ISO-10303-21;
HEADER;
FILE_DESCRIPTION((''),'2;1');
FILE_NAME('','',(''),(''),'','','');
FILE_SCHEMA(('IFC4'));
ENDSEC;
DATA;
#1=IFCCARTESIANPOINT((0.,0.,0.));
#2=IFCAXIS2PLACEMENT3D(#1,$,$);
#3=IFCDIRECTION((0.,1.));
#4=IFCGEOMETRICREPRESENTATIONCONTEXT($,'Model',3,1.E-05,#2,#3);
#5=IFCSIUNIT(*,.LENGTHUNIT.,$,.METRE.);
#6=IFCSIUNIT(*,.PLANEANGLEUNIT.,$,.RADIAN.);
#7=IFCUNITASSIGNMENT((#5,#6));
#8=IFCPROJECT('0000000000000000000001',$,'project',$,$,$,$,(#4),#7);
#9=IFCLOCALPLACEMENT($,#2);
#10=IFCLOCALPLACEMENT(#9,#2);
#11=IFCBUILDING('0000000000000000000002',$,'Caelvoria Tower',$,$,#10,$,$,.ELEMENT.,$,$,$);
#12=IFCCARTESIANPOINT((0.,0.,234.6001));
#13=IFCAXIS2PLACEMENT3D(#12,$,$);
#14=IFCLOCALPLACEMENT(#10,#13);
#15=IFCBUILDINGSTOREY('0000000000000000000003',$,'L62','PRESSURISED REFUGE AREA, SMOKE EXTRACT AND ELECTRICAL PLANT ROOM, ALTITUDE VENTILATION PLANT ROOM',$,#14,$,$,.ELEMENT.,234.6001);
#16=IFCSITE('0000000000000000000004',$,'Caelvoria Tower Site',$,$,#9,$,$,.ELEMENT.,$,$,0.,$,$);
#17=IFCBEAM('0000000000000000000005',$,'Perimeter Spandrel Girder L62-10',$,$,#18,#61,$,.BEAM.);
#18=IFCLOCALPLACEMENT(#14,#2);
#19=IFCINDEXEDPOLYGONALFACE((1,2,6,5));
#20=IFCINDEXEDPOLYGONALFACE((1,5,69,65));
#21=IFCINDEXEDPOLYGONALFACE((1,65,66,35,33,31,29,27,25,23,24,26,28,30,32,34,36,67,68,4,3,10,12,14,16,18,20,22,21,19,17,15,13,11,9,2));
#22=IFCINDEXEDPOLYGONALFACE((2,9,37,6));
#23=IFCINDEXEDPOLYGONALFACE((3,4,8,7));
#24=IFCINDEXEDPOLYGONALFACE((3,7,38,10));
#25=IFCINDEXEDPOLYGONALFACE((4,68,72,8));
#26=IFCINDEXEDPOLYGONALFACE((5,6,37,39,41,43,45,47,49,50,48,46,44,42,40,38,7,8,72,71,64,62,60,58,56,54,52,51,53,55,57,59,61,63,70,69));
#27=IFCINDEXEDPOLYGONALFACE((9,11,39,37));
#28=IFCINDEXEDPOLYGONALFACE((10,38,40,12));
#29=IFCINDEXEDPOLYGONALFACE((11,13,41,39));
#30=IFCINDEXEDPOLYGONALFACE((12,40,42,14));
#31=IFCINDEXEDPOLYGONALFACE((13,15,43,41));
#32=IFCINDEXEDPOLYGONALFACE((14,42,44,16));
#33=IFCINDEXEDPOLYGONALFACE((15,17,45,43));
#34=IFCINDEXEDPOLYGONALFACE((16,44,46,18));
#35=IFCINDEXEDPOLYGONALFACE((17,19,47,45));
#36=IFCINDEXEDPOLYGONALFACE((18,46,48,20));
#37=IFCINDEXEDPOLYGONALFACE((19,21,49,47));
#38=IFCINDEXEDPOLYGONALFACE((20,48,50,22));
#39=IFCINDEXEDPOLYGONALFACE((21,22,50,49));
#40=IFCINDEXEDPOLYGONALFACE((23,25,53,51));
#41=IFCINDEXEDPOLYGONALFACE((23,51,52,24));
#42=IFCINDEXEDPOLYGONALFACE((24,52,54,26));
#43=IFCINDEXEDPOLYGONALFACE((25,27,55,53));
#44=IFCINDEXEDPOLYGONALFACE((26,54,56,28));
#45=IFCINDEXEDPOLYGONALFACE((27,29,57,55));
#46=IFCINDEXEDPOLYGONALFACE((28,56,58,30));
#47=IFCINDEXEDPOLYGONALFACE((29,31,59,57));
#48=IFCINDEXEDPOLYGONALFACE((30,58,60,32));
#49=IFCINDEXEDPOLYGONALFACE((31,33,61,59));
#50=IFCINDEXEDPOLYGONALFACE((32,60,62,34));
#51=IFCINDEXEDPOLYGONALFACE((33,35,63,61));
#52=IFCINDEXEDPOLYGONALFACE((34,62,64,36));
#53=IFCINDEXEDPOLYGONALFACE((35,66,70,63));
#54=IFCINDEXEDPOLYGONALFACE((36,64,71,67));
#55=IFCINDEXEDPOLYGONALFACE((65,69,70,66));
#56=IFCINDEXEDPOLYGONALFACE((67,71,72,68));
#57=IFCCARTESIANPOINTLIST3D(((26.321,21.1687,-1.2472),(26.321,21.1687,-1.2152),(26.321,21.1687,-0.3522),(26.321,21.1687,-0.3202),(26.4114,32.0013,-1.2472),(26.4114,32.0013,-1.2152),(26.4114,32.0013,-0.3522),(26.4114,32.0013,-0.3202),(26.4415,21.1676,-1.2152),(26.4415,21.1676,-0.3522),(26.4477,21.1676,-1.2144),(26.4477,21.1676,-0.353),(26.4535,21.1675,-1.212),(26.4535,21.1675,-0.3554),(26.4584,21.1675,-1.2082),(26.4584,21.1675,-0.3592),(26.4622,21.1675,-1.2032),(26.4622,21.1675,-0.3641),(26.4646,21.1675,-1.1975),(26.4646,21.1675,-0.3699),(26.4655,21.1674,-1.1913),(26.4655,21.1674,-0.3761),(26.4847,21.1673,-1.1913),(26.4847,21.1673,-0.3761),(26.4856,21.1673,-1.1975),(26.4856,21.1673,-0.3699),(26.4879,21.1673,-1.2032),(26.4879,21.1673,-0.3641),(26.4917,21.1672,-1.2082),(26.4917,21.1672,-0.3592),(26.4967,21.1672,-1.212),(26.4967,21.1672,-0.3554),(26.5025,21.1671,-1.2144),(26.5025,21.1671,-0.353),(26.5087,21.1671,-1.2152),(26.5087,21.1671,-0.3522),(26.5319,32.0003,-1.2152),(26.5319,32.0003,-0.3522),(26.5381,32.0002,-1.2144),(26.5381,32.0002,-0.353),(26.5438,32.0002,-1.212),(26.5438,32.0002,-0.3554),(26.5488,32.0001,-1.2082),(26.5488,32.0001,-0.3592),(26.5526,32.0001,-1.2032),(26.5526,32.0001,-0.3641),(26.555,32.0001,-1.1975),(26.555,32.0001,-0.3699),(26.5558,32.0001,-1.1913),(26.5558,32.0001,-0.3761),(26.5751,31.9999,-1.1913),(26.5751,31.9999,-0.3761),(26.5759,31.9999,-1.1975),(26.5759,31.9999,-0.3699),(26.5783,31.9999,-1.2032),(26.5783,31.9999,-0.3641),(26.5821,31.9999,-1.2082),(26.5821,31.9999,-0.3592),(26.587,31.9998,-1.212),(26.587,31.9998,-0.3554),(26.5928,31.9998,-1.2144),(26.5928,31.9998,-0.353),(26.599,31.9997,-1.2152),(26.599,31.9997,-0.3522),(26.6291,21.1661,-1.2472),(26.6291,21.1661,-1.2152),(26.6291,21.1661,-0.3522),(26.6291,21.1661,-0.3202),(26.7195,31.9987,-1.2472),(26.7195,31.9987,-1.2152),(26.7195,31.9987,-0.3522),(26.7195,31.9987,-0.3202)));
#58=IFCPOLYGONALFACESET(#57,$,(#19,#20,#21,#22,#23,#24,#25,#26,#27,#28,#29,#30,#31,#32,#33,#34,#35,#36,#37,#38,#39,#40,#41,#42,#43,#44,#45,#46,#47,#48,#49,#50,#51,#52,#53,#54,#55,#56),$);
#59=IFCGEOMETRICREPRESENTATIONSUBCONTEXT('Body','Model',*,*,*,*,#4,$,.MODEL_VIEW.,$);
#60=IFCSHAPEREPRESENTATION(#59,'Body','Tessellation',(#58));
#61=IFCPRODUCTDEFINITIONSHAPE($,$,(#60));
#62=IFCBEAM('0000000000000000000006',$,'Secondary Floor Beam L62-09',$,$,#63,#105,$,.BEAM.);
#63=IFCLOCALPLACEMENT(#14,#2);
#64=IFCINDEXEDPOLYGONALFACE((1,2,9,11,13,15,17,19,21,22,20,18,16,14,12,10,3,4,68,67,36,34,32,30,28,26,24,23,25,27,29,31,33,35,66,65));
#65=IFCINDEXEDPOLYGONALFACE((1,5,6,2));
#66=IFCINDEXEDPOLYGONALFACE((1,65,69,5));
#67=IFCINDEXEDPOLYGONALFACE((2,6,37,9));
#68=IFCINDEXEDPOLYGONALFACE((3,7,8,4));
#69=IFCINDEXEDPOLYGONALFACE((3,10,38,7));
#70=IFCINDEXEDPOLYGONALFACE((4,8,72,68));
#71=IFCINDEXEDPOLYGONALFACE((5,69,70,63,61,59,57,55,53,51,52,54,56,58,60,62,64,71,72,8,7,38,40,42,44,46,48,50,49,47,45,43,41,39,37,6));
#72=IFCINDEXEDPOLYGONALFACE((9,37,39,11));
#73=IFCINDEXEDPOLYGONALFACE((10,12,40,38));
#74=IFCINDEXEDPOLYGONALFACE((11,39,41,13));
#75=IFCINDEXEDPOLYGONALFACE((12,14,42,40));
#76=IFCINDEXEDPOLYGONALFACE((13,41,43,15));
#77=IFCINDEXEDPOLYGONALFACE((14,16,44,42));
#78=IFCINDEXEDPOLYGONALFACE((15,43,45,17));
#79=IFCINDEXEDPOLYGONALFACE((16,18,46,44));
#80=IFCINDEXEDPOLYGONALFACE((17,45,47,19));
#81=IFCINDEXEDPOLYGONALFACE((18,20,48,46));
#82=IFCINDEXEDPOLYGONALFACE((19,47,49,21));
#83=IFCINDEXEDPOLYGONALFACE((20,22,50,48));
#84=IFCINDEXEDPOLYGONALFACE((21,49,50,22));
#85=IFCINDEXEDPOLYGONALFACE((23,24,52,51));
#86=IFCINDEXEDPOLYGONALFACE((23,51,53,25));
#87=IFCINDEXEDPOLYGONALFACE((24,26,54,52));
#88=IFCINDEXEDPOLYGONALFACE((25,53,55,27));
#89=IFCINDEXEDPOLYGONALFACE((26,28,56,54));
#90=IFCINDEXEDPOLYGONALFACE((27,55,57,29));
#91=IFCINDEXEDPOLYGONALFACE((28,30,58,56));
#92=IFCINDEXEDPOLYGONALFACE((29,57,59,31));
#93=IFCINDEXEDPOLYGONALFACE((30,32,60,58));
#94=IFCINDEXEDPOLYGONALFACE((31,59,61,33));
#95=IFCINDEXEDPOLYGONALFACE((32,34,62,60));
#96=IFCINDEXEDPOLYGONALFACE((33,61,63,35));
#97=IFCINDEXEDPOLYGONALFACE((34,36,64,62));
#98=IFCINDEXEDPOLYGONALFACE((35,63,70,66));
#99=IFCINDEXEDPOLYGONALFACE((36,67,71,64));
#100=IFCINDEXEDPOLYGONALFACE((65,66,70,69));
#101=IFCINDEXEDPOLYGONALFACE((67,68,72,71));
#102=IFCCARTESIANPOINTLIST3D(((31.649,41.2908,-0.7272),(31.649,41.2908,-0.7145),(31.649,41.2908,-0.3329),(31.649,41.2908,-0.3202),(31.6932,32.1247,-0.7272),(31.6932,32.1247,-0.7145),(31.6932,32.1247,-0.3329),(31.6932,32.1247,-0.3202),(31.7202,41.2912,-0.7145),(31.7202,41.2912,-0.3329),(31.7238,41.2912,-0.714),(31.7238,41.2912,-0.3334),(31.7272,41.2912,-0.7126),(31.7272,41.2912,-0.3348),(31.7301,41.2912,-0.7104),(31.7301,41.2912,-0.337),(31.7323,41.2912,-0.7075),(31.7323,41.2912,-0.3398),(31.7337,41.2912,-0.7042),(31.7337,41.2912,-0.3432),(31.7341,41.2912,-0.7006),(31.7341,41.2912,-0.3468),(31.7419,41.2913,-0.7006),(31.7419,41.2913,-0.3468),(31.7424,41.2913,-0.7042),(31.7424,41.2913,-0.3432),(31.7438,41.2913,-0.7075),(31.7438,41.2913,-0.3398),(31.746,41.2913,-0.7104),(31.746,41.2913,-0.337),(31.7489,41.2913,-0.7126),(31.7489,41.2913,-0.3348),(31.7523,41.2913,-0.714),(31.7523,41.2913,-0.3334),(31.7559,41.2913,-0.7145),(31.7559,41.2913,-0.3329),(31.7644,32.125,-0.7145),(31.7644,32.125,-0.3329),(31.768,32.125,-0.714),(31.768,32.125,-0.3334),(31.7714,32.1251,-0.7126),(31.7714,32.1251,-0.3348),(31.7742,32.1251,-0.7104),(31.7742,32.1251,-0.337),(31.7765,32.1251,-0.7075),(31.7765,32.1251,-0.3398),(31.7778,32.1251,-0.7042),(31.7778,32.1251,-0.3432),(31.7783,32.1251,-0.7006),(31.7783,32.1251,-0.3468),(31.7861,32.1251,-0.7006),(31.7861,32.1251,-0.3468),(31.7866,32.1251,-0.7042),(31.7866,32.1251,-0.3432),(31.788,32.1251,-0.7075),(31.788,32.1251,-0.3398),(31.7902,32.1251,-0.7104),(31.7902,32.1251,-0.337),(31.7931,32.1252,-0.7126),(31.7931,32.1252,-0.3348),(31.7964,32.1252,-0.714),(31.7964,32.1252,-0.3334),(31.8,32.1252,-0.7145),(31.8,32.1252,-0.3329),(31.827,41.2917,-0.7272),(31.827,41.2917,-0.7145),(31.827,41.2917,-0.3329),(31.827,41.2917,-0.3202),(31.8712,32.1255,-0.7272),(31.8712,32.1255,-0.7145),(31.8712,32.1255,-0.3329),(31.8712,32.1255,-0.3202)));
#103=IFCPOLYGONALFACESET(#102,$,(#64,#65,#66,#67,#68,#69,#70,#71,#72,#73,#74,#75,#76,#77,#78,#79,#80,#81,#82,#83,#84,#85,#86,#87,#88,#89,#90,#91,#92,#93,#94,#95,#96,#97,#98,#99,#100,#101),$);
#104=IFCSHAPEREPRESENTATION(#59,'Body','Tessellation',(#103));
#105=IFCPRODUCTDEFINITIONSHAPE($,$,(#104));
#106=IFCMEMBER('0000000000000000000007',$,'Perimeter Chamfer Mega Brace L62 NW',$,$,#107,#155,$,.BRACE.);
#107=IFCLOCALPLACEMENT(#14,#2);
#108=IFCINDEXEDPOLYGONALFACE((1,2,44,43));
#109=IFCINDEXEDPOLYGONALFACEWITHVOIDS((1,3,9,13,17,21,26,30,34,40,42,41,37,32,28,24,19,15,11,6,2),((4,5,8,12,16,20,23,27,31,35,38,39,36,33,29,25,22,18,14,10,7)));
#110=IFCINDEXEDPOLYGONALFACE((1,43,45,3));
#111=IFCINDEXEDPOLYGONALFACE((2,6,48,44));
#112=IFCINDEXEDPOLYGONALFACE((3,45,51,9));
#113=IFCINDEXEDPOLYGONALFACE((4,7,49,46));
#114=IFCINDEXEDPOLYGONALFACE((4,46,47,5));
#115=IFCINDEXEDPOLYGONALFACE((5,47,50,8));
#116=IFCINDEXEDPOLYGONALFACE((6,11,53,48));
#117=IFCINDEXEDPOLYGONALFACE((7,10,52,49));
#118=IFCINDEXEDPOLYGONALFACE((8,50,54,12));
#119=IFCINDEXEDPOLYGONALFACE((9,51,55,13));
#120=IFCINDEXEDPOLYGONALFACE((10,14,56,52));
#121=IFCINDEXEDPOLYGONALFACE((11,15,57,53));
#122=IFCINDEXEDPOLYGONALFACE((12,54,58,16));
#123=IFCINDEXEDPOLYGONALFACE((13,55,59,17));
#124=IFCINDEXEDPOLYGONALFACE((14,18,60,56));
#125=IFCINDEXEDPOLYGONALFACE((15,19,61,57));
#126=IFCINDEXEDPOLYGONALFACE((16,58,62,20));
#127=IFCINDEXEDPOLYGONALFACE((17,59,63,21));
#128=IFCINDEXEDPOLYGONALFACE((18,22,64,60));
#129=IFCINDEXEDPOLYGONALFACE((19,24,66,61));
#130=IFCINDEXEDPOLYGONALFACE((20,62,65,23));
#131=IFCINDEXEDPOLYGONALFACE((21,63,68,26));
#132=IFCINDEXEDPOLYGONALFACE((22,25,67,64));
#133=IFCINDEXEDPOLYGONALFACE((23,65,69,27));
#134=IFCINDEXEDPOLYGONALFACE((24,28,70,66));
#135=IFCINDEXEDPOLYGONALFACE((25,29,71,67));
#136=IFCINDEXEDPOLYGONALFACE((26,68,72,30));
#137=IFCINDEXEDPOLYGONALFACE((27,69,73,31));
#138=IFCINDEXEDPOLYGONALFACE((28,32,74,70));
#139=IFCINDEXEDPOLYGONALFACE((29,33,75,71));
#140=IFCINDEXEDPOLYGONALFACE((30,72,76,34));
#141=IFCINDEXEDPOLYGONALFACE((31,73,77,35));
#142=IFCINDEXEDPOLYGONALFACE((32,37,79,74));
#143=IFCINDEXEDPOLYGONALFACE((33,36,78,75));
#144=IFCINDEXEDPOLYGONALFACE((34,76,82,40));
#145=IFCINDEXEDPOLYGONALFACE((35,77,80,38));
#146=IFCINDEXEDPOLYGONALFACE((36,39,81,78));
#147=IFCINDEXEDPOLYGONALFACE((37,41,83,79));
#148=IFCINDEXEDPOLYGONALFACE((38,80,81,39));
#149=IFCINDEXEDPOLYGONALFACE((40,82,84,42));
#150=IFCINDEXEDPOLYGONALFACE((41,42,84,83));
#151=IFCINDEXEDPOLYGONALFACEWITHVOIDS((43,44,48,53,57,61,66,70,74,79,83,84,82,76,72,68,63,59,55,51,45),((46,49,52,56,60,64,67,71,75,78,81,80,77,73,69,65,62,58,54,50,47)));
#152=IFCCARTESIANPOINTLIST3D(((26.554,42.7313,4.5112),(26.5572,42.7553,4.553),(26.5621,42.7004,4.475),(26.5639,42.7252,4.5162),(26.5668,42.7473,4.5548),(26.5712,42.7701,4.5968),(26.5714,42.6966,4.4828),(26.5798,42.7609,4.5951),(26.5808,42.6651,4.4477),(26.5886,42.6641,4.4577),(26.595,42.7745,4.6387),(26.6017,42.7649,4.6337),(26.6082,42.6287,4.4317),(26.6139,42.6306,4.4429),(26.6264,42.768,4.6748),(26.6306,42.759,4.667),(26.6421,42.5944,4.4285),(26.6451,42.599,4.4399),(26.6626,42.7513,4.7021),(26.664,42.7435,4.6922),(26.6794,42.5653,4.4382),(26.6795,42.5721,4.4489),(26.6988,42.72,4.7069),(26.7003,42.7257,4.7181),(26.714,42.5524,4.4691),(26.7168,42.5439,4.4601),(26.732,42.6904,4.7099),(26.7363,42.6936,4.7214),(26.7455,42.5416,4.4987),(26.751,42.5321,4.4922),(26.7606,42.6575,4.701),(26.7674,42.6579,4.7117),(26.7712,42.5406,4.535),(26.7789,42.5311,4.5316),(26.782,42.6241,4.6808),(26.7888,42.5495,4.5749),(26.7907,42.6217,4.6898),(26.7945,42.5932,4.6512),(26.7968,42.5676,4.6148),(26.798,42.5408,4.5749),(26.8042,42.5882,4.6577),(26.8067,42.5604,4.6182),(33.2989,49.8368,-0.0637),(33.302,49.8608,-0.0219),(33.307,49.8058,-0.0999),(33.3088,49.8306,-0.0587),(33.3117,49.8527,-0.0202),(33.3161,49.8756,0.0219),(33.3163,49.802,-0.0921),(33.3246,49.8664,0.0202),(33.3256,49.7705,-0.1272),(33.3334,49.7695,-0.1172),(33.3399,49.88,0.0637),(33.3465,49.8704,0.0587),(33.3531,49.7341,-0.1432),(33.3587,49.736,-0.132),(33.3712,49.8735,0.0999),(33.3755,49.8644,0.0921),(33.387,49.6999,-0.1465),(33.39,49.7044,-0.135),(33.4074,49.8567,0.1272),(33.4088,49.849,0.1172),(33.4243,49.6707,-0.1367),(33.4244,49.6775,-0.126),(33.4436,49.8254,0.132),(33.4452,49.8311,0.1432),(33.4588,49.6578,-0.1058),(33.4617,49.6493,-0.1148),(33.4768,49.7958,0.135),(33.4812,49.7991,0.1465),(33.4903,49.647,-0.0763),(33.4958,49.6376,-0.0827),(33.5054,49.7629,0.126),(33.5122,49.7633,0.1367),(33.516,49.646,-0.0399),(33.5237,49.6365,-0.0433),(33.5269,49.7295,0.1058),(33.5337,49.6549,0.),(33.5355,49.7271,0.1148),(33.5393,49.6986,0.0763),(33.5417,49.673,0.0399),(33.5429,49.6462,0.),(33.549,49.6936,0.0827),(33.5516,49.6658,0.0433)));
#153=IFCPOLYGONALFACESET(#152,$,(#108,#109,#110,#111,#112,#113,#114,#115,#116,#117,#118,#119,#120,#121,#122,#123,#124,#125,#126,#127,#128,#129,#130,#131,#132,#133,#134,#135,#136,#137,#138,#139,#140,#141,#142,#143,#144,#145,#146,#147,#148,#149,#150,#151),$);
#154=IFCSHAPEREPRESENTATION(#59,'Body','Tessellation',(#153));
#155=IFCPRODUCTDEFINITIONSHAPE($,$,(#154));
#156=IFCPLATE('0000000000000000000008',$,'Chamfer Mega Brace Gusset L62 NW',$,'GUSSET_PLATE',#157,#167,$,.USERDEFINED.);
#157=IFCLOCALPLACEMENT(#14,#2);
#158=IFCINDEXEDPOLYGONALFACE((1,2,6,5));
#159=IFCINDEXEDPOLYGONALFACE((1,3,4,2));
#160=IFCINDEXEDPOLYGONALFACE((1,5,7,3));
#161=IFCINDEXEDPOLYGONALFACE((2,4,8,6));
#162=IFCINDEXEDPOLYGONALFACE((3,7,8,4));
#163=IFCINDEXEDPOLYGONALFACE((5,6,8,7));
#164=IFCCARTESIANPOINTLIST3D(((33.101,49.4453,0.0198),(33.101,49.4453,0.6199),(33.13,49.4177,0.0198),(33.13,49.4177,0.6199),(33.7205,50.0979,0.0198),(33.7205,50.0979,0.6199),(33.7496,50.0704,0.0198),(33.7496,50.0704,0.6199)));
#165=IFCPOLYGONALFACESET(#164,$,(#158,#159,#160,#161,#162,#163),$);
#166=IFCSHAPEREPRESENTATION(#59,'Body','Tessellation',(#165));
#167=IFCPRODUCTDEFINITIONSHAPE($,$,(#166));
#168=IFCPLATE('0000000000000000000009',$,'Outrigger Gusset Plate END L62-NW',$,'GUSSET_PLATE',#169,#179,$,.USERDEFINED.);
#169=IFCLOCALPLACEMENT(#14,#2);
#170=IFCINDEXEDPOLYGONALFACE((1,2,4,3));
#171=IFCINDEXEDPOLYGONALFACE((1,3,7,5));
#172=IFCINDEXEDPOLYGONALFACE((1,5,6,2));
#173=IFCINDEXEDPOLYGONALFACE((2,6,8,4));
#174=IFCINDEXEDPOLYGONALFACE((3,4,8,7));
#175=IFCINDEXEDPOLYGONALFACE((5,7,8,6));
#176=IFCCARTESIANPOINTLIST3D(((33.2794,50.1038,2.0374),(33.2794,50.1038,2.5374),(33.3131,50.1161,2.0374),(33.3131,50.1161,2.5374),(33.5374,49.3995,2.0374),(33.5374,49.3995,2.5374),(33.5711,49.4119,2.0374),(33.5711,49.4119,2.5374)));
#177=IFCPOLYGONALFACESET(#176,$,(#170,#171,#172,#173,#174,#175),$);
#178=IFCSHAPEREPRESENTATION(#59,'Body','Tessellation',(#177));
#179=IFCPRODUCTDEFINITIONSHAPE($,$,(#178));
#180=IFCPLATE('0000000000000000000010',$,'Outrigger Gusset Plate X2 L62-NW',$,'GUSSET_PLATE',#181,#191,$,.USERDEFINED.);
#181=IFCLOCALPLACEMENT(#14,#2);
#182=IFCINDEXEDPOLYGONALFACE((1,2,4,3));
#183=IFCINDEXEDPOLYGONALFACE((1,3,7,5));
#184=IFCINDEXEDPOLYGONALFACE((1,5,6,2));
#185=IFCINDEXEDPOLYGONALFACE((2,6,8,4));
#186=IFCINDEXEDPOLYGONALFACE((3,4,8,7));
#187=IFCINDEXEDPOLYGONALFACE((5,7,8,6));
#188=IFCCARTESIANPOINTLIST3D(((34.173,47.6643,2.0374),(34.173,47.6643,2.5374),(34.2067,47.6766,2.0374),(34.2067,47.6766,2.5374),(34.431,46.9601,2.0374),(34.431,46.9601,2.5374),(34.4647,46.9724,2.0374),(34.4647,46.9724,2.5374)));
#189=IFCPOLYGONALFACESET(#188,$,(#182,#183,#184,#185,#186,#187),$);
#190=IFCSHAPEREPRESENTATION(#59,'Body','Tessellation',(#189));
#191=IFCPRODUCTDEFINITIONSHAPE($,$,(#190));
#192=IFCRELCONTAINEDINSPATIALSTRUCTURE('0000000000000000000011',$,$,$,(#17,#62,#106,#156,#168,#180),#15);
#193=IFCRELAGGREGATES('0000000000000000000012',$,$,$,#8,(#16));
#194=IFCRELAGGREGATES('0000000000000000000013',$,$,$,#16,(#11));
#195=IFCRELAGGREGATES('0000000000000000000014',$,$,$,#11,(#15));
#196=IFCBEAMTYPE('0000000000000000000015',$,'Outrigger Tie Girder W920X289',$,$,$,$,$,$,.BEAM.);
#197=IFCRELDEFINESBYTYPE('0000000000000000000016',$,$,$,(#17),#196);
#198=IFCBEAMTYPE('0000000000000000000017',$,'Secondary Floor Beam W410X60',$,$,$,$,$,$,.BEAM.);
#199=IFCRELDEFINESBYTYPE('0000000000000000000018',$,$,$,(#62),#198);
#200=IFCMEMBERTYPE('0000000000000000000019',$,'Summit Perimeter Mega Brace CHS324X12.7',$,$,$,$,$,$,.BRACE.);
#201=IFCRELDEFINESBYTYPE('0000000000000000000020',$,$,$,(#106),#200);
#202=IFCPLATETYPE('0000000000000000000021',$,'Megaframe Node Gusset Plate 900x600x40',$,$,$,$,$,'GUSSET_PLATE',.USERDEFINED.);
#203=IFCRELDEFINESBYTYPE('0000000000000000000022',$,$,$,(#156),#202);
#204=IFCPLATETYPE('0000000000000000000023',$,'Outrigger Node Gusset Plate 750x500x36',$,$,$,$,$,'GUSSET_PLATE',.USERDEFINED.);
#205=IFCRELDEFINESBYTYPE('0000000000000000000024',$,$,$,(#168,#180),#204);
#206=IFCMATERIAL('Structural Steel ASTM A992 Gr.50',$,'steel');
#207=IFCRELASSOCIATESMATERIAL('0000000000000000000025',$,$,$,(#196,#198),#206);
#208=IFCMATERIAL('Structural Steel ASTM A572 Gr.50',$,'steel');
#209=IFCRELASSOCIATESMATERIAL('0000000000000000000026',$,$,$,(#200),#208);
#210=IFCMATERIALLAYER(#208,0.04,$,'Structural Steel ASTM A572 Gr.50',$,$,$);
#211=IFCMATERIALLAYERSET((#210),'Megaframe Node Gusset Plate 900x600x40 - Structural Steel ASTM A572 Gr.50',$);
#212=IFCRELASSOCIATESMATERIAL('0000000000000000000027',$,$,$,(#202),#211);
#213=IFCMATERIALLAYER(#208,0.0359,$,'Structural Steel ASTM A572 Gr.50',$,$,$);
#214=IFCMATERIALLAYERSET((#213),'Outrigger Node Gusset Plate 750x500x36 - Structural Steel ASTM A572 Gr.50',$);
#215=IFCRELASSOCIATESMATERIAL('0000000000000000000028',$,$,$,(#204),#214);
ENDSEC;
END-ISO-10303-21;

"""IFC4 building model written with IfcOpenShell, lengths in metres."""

from ifc_helpers import new_model, si_unit, direction, frame, origin, origin_2d, place, context, subcontext, project, spatial, rectangle, hollow_circle, i_section, extrude, material, layer, layer_set, material_profile, profile_set, type_object, element, save


model = new_model("IFC4")

# Units and contexts
model_context = context("Model", 3, precision=1e-05, world=origin(), true_north=direction((0.0, 1.0)))
body_context = subcontext(model_context, "Body", "Model", "MODEL_VIEW")
ifc_project = project(units=[si_unit("LENGTHUNIT", "METRE"), si_unit("PLANEANGLEUNIT", "RADIAN")], contexts=[model_context])

# Site, building, storey
site_placement = place(None, origin())
site = spatial("IfcSite", under=ifc_project, at=site_placement, Name="Caelvoria Tower Site", CompositionType="ELEMENT", RefElevation=0.0)
building_placement = place(site_placement, origin())
building = spatial("IfcBuilding", under=site, at=building_placement, Name="Caelvoria Tower", CompositionType="ELEMENT")
storey_placement = place(building_placement, frame((0.0, 0.0, 234.6001)))
storey = spatial("IfcBuildingStorey", under=building, at=storey_placement, Name="L62", Description="PRESSURISED REFUGE AREA, SMOKE EXTRACT AND ELECTRICAL PLANT ROOM, ALTITUDE VENTILATION PLANT ROOM", CompositionType="ELEMENT", Elevation=234.6001)

# Shared definitions
ifc_material_1 = material(Name="Structural Steel ASTM A572 Gr.50", Category="steel")

# Beams
ifc_material_2 = material(Name="Structural Steel ASTM A992 Gr.50", Category="steel")
ifc_material_profile_1 = material_profile(ifc_material_2, i_section(OverallWidth=0.3081, OverallDepth=0.927, WebThickness=0.0193, FlangeThickness=0.032, FilletRadius=0.0239, at=origin_2d()), Name="Structural Steel ASTM A992 Gr.50")
ifc_profile_set_1 = profile_set([ifc_material_profile_1], Name="W920X289 - Structural Steel ASTM A992 Gr.50")
beam_type_1 = type_object("IfcBeamType", Name="Outrigger Tie Girder W920X289", PredefinedType="BEAM", material=ifc_profile_set_1)
for number, where, z_axis, x_axis, name in (
    (1, (26.5654, 32.0, -0.7837), (-0.008339, -0.999965, 0.0), (0.999965, -0.008339, 0.0), "Perimeter Spandrel Girder L62-10"),
):
    element("IfcBeam", number, at=place(storey_placement, frame(where, z_axis=z_axis, x_axis=x_axis)), inside=storey, type_object=beam_type_1, Name=name, PredefinedType="BEAM", context=body_context, shape_type="SweptSolid", body=[
        extrude(i_section(OverallWidth=0.3081, OverallDepth=0.927, WebThickness=0.0193, FlangeThickness=0.032, FilletRadius=0.0239, at=origin_2d()), origin(), (0.0, 0.0, 1.0), 10.833),
    ])
ifc_material_profile_2 = material_profile(ifc_material_2, i_section(OverallWidth=0.178, OverallDepth=0.407, WebThickness=0.0078, FlangeThickness=0.0127, FilletRadius=0.0139, at=origin_2d()), Name="Structural Steel ASTM A992 Gr.50")
ifc_profile_set_2 = profile_set([ifc_material_profile_2], Name="W410X60 - Structural Steel ASTM A992 Gr.50")
beam_type_2 = type_object("IfcBeamType", Name="Secondary Floor Beam W410X60", PredefinedType="BEAM", material=ifc_profile_set_2)
beam_1_placement = place(storey_placement, frame((31.738, 41.2913, -0.5237), z_axis=(0.004821, -0.999988, 0.0), x_axis=(0.999988, 0.004821, 0.0)))
element("IfcBeam", 2, at=beam_1_placement, inside=storey, type_object=beam_type_2, Name="Secondary Floor Beam L62-09", PredefinedType="BEAM", context=body_context, shape_type="SweptSolid", body=[
    extrude(i_section(OverallWidth=0.178, OverallDepth=0.407, WebThickness=0.0078, FlangeThickness=0.0127, FilletRadius=0.0139, at=origin_2d()), origin(), (0.0, 0.0, 1.0), 9.1663),
])

# Member
ifc_material_profile_3 = material_profile(ifc_material_1, hollow_circle(Radius=0.1621, WallThickness=0.0127, at=origin_2d()), Name="Structural Steel ASTM A572 Gr.50")
ifc_profile_set_3 = profile_set([ifc_material_profile_3], Name="CHS324X12.7 - Structural Steel ASTM A572 Gr.50")
member_type_1 = type_object("IfcMemberType", Name="Summit Perimeter Mega Brace CHS324X12.7", PredefinedType="BRACE", material=ifc_profile_set_3)
member_1_placement = place(storey_placement, frame((33.4253, 49.7578, 0.0), z_axis=(-0.623801, -0.65715, 0.423115), x_axis=(0.725271, -0.688464, 0.0)))
element("IfcMember", 3, at=member_1_placement, inside=storey, type_object=member_type_1, Name="Perimeter Chamfer Mega Brace L62 NW", PredefinedType="BRACE", context=body_context, shape_type="SweptSolid", body=[
    extrude(hollow_circle(Radius=0.1621, WallThickness=0.0127, at=origin_2d()), origin(), (0.0, 0.0, 1.0), 10.8125),
])

# Plates
ifc_layer_1 = layer(ifc_material_1, 0.04, Name="Structural Steel ASTM A572 Gr.50")
ifc_layer_set_1 = layer_set([ifc_layer_1], Name="Megaframe Node Gusset Plate 900x600x40 - Structural Steel ASTM A572 Gr.50")
plate_type_1 = type_object("IfcPlateType", Name="Megaframe Node Gusset Plate 900x600x40", ElementType="GUSSET_PLATE", PredefinedType="USERDEFINED", material=ifc_layer_set_1)
plate_placement = place(storey_placement, frame((33.4253, 49.7578, 0.0198), z_axis=(0.0, 0.0, 1.0), x_axis=(-0.688453, -0.725281, 0.0)))
element("IfcPlate", 4, at=plate_placement, inside=storey, type_object=plate_type_1, Name="Chamfer Mega Brace Gusset L62 NW", ObjectType="GUSSET_PLATE", PredefinedType="USERDEFINED", context=body_context, shape_type="SweptSolid", body=[
    extrude(rectangle(XDim=0.8999, YDim=0.04, at=origin_2d()), origin(), (0.0, 0.0, 1.0), 0.6001),
])
ifc_layer_2 = layer(ifc_material_1, 0.0359, Name="Structural Steel ASTM A572 Gr.50")
ifc_layer_set_2 = layer_set([ifc_layer_2], Name="Outrigger Node Gusset Plate 750x500x36 - Structural Steel ASTM A572 Gr.50")
plate_type_2 = type_object("IfcPlateType", Name="Outrigger Node Gusset Plate 750x500x36", ElementType="GUSSET_PLATE", PredefinedType="USERDEFINED", material=ifc_layer_set_2)
for number, where, z_axis, x_axis, name in (
    (5, (33.4253, 49.7578, 2.0374), (0.0, 0.0, 1.0), (-0.343992, 0.938972, 0.0), "Outrigger Gusset Plate END L62-NW"),
    (6, (34.3188, 47.3184, 2.0374), (0.0, 0.0, 1.0), (-0.343992, 0.938972, 0.0), "Outrigger Gusset Plate X2 L62-NW"),
):
    element("IfcPlate", number, at=place(storey_placement, frame(where, z_axis=z_axis, x_axis=x_axis)), inside=storey, type_object=plate_type_2, Name=name, ObjectType="GUSSET_PLATE", PredefinedType="USERDEFINED", context=body_context, shape_type="SweptSolid", body=[
        extrude(rectangle(XDim=0.75, YDim=0.0359, at=origin_2d()), origin(), (0.0, 0.0, 1.0), 0.5),
    ])

save(model, "model.ifc")
